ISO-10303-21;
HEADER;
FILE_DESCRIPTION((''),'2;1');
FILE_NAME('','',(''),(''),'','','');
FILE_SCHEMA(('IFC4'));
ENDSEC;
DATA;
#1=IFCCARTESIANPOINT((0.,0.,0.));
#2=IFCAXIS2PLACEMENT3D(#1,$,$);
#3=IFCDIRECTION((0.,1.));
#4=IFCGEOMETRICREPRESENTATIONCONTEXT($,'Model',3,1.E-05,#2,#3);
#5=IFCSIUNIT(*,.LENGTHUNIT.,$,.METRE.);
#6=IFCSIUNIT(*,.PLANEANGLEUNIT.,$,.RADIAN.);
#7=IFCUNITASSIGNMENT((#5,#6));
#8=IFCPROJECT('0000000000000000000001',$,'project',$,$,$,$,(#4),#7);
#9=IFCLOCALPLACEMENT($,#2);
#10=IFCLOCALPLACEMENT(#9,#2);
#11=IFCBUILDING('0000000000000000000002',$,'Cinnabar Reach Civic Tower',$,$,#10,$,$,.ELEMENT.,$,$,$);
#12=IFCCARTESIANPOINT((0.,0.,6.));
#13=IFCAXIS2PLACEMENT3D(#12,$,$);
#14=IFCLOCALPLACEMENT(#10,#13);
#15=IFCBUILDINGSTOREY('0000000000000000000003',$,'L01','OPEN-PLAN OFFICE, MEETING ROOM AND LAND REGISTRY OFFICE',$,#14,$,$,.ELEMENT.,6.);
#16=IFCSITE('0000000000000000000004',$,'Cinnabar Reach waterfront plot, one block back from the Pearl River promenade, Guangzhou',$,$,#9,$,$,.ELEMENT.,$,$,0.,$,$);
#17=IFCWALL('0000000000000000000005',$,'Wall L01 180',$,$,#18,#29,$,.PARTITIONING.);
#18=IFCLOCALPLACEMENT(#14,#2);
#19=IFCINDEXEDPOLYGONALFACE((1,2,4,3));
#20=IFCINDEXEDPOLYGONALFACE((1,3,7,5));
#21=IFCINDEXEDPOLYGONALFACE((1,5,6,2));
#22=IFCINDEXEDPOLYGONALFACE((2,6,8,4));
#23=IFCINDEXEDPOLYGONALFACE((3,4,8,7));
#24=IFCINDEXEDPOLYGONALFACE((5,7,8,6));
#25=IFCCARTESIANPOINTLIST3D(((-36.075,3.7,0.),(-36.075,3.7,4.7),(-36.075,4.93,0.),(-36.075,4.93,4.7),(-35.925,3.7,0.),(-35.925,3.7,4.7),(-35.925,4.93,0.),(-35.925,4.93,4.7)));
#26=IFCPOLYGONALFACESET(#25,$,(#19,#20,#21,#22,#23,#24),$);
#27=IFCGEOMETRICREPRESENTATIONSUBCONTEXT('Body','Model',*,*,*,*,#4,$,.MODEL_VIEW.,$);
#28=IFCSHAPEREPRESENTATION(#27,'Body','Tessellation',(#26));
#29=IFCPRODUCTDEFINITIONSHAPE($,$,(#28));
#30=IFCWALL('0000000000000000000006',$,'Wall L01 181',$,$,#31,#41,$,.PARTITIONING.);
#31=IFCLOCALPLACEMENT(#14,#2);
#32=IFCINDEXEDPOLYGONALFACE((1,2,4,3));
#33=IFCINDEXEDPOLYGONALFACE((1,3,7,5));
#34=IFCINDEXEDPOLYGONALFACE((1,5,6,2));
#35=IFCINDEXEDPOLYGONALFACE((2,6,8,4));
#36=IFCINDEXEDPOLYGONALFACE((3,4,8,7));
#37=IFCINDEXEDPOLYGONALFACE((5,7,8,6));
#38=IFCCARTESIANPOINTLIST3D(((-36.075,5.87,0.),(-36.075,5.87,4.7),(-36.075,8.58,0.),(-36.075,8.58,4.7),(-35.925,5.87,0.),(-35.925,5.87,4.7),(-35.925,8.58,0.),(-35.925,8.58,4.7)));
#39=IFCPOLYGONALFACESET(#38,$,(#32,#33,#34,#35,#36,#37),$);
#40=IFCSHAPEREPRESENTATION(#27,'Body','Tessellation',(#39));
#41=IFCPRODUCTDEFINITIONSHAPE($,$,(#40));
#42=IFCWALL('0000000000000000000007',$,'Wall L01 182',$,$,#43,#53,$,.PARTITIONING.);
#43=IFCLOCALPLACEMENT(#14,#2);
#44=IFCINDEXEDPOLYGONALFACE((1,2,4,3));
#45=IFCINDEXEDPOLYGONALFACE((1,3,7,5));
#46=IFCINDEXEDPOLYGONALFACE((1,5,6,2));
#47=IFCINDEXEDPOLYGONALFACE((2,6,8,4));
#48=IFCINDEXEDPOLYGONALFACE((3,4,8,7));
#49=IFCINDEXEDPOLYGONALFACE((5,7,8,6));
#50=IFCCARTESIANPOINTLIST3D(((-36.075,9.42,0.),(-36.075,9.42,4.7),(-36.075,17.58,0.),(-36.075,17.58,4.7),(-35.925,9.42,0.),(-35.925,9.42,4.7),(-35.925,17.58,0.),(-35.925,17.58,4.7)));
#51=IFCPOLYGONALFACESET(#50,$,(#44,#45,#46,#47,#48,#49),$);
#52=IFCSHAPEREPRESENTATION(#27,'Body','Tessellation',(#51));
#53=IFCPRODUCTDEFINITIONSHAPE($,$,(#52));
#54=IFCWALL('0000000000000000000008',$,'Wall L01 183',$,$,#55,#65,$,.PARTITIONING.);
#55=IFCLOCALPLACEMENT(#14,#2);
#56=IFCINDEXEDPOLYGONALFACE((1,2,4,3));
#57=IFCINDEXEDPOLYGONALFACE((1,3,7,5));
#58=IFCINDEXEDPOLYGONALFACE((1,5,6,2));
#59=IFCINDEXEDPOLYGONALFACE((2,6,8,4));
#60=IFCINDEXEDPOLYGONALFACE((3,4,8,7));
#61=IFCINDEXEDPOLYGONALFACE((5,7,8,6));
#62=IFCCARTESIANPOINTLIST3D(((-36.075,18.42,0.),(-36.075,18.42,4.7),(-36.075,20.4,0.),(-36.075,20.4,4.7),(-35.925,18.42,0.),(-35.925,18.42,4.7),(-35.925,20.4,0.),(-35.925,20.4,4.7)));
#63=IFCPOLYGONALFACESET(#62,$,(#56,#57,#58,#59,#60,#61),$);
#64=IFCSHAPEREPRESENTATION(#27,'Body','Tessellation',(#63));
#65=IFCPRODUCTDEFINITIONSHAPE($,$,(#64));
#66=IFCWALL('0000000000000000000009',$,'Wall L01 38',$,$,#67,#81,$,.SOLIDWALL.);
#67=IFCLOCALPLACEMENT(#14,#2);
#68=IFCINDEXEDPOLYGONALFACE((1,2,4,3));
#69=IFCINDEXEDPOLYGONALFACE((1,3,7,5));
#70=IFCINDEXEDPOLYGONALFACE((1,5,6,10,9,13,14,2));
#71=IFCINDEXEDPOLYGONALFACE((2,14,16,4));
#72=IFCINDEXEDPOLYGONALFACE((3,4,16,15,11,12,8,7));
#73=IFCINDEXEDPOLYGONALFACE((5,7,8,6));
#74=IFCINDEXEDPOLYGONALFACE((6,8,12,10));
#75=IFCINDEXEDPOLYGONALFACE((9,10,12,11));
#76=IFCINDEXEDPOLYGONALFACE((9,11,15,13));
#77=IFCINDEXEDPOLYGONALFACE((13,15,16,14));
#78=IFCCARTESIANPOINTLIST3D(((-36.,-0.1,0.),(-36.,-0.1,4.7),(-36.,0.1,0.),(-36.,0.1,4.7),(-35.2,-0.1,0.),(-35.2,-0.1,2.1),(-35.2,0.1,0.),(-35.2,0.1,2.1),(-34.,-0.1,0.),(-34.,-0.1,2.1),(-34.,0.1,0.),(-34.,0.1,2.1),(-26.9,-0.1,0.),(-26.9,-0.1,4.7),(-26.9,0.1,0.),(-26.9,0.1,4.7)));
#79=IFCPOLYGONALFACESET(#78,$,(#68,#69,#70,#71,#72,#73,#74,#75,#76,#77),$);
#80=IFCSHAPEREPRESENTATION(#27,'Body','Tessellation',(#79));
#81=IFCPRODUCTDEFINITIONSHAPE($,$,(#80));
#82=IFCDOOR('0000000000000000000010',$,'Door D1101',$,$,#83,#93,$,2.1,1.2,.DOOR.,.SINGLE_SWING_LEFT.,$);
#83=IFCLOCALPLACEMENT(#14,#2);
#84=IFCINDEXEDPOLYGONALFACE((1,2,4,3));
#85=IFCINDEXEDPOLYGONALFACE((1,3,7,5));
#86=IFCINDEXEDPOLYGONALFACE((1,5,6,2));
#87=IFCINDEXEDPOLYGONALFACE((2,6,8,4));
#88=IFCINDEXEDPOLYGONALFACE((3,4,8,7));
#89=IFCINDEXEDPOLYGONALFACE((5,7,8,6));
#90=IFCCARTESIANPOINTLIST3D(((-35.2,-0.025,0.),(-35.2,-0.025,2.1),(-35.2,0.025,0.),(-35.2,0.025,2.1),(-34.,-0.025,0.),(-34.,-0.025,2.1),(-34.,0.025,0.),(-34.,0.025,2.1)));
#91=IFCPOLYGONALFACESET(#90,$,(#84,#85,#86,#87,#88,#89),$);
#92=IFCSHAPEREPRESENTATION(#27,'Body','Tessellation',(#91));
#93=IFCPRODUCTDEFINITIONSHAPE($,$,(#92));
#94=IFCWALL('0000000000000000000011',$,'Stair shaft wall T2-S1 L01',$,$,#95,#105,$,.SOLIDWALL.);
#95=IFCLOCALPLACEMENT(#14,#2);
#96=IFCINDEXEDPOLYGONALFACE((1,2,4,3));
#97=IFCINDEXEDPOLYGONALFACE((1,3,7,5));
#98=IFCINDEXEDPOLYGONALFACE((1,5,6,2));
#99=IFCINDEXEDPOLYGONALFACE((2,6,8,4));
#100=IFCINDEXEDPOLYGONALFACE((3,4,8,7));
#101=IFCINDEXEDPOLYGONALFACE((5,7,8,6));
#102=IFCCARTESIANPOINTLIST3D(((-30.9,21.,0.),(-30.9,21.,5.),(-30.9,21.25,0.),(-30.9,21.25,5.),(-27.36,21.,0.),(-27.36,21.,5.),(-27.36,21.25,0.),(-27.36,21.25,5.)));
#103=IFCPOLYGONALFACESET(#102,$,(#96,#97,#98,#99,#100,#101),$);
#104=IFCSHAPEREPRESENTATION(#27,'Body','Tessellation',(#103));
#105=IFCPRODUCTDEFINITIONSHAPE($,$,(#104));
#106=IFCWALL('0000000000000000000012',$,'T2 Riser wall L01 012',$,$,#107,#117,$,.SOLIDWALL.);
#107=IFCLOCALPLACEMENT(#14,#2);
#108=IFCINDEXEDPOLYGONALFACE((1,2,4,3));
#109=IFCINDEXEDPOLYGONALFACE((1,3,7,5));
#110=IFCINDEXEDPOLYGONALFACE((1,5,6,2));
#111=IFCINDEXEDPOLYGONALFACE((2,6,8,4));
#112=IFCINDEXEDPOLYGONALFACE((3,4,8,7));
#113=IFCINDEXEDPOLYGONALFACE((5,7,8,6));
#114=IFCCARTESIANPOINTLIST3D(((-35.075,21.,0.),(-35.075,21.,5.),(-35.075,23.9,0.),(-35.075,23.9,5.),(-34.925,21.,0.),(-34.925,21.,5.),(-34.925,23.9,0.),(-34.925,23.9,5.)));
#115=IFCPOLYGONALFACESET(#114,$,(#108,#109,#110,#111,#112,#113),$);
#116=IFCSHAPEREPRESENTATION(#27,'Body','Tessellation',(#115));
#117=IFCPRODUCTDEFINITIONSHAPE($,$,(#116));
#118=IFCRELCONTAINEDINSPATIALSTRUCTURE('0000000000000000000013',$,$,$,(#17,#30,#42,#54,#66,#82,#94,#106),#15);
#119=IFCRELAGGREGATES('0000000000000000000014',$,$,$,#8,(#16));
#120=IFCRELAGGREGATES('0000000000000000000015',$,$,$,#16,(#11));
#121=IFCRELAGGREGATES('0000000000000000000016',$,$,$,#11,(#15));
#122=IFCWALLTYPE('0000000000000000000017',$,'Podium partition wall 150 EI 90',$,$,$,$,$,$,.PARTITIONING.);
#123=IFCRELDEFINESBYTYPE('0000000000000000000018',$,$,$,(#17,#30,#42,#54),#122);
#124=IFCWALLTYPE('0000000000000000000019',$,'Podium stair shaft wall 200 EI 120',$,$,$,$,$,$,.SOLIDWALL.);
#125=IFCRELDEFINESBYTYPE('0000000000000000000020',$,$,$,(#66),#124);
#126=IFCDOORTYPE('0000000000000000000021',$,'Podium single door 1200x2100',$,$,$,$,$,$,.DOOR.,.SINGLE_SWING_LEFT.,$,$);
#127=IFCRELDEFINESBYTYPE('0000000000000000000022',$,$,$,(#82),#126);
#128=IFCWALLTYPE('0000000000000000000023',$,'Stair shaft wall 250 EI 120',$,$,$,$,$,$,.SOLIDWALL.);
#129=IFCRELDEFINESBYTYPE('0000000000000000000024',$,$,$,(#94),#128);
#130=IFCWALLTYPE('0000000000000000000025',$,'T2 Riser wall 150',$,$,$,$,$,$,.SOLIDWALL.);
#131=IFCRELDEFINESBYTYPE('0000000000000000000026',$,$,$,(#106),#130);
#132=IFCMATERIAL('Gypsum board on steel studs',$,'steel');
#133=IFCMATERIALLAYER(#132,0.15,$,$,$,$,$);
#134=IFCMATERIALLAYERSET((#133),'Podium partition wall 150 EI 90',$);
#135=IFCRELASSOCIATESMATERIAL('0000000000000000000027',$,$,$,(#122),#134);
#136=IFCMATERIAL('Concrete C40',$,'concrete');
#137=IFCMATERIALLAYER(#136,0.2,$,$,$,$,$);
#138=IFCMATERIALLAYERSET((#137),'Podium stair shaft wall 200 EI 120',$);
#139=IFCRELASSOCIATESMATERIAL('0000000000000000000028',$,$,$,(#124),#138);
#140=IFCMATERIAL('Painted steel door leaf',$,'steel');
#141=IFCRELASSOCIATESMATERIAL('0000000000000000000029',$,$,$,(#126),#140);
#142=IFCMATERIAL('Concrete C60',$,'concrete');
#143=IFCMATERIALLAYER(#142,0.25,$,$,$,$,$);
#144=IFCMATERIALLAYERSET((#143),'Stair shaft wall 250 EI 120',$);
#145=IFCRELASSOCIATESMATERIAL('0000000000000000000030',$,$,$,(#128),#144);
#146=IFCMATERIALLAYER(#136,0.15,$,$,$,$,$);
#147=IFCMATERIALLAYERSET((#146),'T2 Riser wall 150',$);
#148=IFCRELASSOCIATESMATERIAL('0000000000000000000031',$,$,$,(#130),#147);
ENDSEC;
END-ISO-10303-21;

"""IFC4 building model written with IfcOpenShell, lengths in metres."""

from ifc_helpers import new_model, si_unit, direction, frame, frame_2d, origin, place, context, subcontext, project, spatial, rectangle, extrude, material, layer, layer_set, type_object, element, fill, save


model = new_model("IFC4")

# Units and contexts
model_context = context("Model", 3, precision=1e-05, world=origin(), true_north=direction((0.0, 1.0)))
body_context = subcontext(model_context, "Body", "Model", "MODEL_VIEW")
ifc_project = project(units=[si_unit("LENGTHUNIT", "METRE"), si_unit("PLANEANGLEUNIT", "RADIAN")], contexts=[model_context])

# Site, building, storey
site_placement = place(None, origin())
site = spatial("IfcSite", under=ifc_project, at=site_placement, Name="Cinnabar Reach waterfront plot, one block back from the Pearl River promenade, Guangzhou", CompositionType="ELEMENT", RefElevation=0.0)
building_placement = place(site_placement, origin())
building = spatial("IfcBuilding", under=site, at=building_placement, Name="Cinnabar Reach Civic Tower", CompositionType="ELEMENT")
storey_placement = place(building_placement, frame((0.0, 0.0, 6.0)))
storey = spatial("IfcBuildingStorey", under=building, at=storey_placement, Name="L01", Description="OPEN-PLAN OFFICE, MEETING ROOM AND LAND REGISTRY OFFICE", CompositionType="ELEMENT", Elevation=6.0)

# Shared definitions
ifc_material_1 = material(Name="Concrete C60", Category="concrete")

# Shared definitions
ifc_material_2 = material(Name="Concrete C40", Category="concrete")

# Shared definitions
ifc_material_3 = material(Name="Painted steel door leaf", Category="steel")

# Walls
ifc_material_4 = material(Name="Gypsum board on steel studs", Category="steel")
ifc_layer_1 = layer(ifc_material_4, 0.15)
ifc_layer_set_1 = layer_set([ifc_layer_1], Name="Podium partition wall 150 EI 90")
wall_type_1 = type_object("IfcWallType", Name="Podium partition wall 150 EI 90", PredefinedType="PARTITIONING", material=ifc_layer_set_1)
wall_1_placement = place(storey_placement, frame((-36.0, 3.7, 0.0), z_axis=(0.0, 0.0, 1.0), x_axis=(0.0, 1.0, 0.0)))
element("IfcWall", 1, at=wall_1_placement, inside=storey, type_object=wall_type_1, Name="Wall L01 180", PredefinedType="PARTITIONING", context=body_context, shape_type="SweptSolid", body=[
    extrude(rectangle(XDim=1.23, YDim=0.15, at=frame_2d((0.615, 0.0))), origin(), (0.0, 0.0, 1.0), 4.7),
])
wall_2_placement = place(storey_placement, frame((-36.0, 5.87, 0.0), z_axis=(0.0, 0.0, 1.0), x_axis=(0.0, 1.0, 0.0)))
element("IfcWall", 2, at=wall_2_placement, inside=storey, type_object=wall_type_1, Name="Wall L01 181", PredefinedType="PARTITIONING", context=body_context, shape_type="SweptSolid", body=[
    extrude(rectangle(XDim=2.71, YDim=0.15, at=frame_2d((1.355, 0.0))), origin(), (0.0, 0.0, 1.0), 4.7),
])
wall_3_placement = place(storey_placement, frame((-36.0, 9.42, 0.0), z_axis=(0.0, 0.0, 1.0), x_axis=(0.0, 1.0, 0.0)))
element("IfcWall", 3, at=wall_3_placement, inside=storey, type_object=wall_type_1, Name="Wall L01 182", PredefinedType="PARTITIONING", context=body_context, shape_type="SweptSolid", body=[
    extrude(rectangle(XDim=8.16, YDim=0.15, at=frame_2d((4.08, 0.0))), origin(), (0.0, 0.0, 1.0), 4.7),
])
wall_4_placement = place(storey_placement, frame((-36.0, 18.42, 0.0), z_axis=(0.0, 0.0, 1.0), x_axis=(0.0, 1.0, 0.0)))
element("IfcWall", 4, at=wall_4_placement, inside=storey, type_object=wall_type_1, Name="Wall L01 183", PredefinedType="PARTITIONING", context=body_context, shape_type="SweptSolid", body=[
    extrude(rectangle(XDim=1.98, YDim=0.15, at=frame_2d((0.99, 0.0))), origin(), (0.0, 0.0, 1.0), 4.7),
])

# Wall, opening, door
ifc_layer_2 = layer(ifc_material_2, 0.2)
ifc_layer_set_2 = layer_set([ifc_layer_2], Name="Podium stair shaft wall 200 EI 120")
wall_type_2 = type_object("IfcWallType", Name="Podium stair shaft wall 200 EI 120", PredefinedType="SOLIDWALL", material=ifc_layer_set_2)
wall_5_placement = place(storey_placement, frame((-36.0, 0.0, 0.0), z_axis=(0.0, 0.0, 1.0), x_axis=(1.0, 0.0, 0.0)))
wall_5 = element("IfcWall", 5, at=wall_5_placement, inside=storey, type_object=wall_type_2, Name="Wall L01 38", PredefinedType="SOLIDWALL", context=body_context, shape_type="SweptSolid", body=[
    extrude(rectangle(XDim=9.1, YDim=0.2, at=frame_2d((4.55, 0.0))), origin(), (0.0, 0.0, 1.0), 4.7),
])
opening_1_placement = place(wall_5_placement, frame((0.8, 0.0, 0.0)))
opening_1 = element("IfcOpeningElement", 6, at=opening_1_placement, cuts=wall_5, PredefinedType="OPENING", context=body_context, shape_type="SweptSolid", body=[
    extrude(rectangle(XDim=1.2, YDim=2.1, at=frame_2d((0.6, 1.05))), frame((0.0, 0.11, 0.0), z_axis=(0.0, -1.0, 0.0), x_axis=(1.0, 0.0, 0.0)), (0.0, 0.0, 1.0), 0.22),
])
door_type_1 = type_object("IfcDoorType", Name="Podium single door 1200x2100", OperationType="SINGLE_SWING_LEFT", PredefinedType="DOOR", material=ifc_material_3)
door_1_placement = place(opening_1_placement, frame((1.2, 0.0, 0.0), z_axis=(0.0, 0.0, 1.0), x_axis=(-1.0, 0.0, 0.0)))
door_1 = element("IfcDoor", 7, at=door_1_placement, inside=storey, type_object=door_type_1, Name="Door D1101", OperationType="SINGLE_SWING_LEFT", OverallHeight=2.1, OverallWidth=1.2, PredefinedType="DOOR", context=body_context, shape_type="SweptSolid", body=[
    extrude(rectangle(XDim=1.2, YDim=2.1, at=frame_2d((0.6, 1.05))), frame((0.0, 0.025, 0.0), z_axis=(0.0, -1.0, 0.0), x_axis=(1.0, 0.0, 0.0)), (0.0, 0.0, 1.0), 0.05),
])
fill(opening_1, door_1)

# Walls
ifc_layer_3 = layer(ifc_material_1, 0.25)
ifc_layer_set_3 = layer_set([ifc_layer_3], Name="Stair shaft wall 250 EI 120")
wall_type_3 = type_object("IfcWallType", Name="Stair shaft wall 250 EI 120", PredefinedType="SOLIDWALL", material=ifc_layer_set_3)
wall_6_placement = place(storey_placement, frame((-30.9, 21.125, 0.0), z_axis=(0.0, 0.0, 1.0), x_axis=(1.0, 0.0, 0.0)))
element("IfcWall", 8, at=wall_6_placement, inside=storey, type_object=wall_type_3, Name="Stair shaft wall T2-S1 L01", PredefinedType="SOLIDWALL", context=body_context, shape_type="SweptSolid", body=[
    extrude(rectangle(XDim=3.54, YDim=0.25, at=frame_2d((1.77, 0.0))), origin(), (0.0, 0.0, 1.0), 5.0),
])
ifc_layer_4 = layer(ifc_material_2, 0.15)
ifc_layer_set_4 = layer_set([ifc_layer_4], Name="T2 Riser wall 150")
wall_type_4 = type_object("IfcWallType", Name="T2 Riser wall 150", PredefinedType="SOLIDWALL", material=ifc_layer_set_4)
wall_7_placement = place(storey_placement, frame((-35.0, 21.0, 0.0), z_axis=(0.0, 0.0, 1.0), x_axis=(0.0, 1.0, 0.0)))
element("IfcWall", 9, at=wall_7_placement, inside=storey, type_object=wall_type_4, Name="T2 Riser wall L01 012", PredefinedType="SOLIDWALL", context=body_context, shape_type="SweptSolid", body=[
    extrude(rectangle(XDim=2.9, YDim=0.15, at=frame_2d((1.45, 0.0))), origin(), (0.0, 0.0, 1.0), 5.0),
])

save(model, "model.ifc")
